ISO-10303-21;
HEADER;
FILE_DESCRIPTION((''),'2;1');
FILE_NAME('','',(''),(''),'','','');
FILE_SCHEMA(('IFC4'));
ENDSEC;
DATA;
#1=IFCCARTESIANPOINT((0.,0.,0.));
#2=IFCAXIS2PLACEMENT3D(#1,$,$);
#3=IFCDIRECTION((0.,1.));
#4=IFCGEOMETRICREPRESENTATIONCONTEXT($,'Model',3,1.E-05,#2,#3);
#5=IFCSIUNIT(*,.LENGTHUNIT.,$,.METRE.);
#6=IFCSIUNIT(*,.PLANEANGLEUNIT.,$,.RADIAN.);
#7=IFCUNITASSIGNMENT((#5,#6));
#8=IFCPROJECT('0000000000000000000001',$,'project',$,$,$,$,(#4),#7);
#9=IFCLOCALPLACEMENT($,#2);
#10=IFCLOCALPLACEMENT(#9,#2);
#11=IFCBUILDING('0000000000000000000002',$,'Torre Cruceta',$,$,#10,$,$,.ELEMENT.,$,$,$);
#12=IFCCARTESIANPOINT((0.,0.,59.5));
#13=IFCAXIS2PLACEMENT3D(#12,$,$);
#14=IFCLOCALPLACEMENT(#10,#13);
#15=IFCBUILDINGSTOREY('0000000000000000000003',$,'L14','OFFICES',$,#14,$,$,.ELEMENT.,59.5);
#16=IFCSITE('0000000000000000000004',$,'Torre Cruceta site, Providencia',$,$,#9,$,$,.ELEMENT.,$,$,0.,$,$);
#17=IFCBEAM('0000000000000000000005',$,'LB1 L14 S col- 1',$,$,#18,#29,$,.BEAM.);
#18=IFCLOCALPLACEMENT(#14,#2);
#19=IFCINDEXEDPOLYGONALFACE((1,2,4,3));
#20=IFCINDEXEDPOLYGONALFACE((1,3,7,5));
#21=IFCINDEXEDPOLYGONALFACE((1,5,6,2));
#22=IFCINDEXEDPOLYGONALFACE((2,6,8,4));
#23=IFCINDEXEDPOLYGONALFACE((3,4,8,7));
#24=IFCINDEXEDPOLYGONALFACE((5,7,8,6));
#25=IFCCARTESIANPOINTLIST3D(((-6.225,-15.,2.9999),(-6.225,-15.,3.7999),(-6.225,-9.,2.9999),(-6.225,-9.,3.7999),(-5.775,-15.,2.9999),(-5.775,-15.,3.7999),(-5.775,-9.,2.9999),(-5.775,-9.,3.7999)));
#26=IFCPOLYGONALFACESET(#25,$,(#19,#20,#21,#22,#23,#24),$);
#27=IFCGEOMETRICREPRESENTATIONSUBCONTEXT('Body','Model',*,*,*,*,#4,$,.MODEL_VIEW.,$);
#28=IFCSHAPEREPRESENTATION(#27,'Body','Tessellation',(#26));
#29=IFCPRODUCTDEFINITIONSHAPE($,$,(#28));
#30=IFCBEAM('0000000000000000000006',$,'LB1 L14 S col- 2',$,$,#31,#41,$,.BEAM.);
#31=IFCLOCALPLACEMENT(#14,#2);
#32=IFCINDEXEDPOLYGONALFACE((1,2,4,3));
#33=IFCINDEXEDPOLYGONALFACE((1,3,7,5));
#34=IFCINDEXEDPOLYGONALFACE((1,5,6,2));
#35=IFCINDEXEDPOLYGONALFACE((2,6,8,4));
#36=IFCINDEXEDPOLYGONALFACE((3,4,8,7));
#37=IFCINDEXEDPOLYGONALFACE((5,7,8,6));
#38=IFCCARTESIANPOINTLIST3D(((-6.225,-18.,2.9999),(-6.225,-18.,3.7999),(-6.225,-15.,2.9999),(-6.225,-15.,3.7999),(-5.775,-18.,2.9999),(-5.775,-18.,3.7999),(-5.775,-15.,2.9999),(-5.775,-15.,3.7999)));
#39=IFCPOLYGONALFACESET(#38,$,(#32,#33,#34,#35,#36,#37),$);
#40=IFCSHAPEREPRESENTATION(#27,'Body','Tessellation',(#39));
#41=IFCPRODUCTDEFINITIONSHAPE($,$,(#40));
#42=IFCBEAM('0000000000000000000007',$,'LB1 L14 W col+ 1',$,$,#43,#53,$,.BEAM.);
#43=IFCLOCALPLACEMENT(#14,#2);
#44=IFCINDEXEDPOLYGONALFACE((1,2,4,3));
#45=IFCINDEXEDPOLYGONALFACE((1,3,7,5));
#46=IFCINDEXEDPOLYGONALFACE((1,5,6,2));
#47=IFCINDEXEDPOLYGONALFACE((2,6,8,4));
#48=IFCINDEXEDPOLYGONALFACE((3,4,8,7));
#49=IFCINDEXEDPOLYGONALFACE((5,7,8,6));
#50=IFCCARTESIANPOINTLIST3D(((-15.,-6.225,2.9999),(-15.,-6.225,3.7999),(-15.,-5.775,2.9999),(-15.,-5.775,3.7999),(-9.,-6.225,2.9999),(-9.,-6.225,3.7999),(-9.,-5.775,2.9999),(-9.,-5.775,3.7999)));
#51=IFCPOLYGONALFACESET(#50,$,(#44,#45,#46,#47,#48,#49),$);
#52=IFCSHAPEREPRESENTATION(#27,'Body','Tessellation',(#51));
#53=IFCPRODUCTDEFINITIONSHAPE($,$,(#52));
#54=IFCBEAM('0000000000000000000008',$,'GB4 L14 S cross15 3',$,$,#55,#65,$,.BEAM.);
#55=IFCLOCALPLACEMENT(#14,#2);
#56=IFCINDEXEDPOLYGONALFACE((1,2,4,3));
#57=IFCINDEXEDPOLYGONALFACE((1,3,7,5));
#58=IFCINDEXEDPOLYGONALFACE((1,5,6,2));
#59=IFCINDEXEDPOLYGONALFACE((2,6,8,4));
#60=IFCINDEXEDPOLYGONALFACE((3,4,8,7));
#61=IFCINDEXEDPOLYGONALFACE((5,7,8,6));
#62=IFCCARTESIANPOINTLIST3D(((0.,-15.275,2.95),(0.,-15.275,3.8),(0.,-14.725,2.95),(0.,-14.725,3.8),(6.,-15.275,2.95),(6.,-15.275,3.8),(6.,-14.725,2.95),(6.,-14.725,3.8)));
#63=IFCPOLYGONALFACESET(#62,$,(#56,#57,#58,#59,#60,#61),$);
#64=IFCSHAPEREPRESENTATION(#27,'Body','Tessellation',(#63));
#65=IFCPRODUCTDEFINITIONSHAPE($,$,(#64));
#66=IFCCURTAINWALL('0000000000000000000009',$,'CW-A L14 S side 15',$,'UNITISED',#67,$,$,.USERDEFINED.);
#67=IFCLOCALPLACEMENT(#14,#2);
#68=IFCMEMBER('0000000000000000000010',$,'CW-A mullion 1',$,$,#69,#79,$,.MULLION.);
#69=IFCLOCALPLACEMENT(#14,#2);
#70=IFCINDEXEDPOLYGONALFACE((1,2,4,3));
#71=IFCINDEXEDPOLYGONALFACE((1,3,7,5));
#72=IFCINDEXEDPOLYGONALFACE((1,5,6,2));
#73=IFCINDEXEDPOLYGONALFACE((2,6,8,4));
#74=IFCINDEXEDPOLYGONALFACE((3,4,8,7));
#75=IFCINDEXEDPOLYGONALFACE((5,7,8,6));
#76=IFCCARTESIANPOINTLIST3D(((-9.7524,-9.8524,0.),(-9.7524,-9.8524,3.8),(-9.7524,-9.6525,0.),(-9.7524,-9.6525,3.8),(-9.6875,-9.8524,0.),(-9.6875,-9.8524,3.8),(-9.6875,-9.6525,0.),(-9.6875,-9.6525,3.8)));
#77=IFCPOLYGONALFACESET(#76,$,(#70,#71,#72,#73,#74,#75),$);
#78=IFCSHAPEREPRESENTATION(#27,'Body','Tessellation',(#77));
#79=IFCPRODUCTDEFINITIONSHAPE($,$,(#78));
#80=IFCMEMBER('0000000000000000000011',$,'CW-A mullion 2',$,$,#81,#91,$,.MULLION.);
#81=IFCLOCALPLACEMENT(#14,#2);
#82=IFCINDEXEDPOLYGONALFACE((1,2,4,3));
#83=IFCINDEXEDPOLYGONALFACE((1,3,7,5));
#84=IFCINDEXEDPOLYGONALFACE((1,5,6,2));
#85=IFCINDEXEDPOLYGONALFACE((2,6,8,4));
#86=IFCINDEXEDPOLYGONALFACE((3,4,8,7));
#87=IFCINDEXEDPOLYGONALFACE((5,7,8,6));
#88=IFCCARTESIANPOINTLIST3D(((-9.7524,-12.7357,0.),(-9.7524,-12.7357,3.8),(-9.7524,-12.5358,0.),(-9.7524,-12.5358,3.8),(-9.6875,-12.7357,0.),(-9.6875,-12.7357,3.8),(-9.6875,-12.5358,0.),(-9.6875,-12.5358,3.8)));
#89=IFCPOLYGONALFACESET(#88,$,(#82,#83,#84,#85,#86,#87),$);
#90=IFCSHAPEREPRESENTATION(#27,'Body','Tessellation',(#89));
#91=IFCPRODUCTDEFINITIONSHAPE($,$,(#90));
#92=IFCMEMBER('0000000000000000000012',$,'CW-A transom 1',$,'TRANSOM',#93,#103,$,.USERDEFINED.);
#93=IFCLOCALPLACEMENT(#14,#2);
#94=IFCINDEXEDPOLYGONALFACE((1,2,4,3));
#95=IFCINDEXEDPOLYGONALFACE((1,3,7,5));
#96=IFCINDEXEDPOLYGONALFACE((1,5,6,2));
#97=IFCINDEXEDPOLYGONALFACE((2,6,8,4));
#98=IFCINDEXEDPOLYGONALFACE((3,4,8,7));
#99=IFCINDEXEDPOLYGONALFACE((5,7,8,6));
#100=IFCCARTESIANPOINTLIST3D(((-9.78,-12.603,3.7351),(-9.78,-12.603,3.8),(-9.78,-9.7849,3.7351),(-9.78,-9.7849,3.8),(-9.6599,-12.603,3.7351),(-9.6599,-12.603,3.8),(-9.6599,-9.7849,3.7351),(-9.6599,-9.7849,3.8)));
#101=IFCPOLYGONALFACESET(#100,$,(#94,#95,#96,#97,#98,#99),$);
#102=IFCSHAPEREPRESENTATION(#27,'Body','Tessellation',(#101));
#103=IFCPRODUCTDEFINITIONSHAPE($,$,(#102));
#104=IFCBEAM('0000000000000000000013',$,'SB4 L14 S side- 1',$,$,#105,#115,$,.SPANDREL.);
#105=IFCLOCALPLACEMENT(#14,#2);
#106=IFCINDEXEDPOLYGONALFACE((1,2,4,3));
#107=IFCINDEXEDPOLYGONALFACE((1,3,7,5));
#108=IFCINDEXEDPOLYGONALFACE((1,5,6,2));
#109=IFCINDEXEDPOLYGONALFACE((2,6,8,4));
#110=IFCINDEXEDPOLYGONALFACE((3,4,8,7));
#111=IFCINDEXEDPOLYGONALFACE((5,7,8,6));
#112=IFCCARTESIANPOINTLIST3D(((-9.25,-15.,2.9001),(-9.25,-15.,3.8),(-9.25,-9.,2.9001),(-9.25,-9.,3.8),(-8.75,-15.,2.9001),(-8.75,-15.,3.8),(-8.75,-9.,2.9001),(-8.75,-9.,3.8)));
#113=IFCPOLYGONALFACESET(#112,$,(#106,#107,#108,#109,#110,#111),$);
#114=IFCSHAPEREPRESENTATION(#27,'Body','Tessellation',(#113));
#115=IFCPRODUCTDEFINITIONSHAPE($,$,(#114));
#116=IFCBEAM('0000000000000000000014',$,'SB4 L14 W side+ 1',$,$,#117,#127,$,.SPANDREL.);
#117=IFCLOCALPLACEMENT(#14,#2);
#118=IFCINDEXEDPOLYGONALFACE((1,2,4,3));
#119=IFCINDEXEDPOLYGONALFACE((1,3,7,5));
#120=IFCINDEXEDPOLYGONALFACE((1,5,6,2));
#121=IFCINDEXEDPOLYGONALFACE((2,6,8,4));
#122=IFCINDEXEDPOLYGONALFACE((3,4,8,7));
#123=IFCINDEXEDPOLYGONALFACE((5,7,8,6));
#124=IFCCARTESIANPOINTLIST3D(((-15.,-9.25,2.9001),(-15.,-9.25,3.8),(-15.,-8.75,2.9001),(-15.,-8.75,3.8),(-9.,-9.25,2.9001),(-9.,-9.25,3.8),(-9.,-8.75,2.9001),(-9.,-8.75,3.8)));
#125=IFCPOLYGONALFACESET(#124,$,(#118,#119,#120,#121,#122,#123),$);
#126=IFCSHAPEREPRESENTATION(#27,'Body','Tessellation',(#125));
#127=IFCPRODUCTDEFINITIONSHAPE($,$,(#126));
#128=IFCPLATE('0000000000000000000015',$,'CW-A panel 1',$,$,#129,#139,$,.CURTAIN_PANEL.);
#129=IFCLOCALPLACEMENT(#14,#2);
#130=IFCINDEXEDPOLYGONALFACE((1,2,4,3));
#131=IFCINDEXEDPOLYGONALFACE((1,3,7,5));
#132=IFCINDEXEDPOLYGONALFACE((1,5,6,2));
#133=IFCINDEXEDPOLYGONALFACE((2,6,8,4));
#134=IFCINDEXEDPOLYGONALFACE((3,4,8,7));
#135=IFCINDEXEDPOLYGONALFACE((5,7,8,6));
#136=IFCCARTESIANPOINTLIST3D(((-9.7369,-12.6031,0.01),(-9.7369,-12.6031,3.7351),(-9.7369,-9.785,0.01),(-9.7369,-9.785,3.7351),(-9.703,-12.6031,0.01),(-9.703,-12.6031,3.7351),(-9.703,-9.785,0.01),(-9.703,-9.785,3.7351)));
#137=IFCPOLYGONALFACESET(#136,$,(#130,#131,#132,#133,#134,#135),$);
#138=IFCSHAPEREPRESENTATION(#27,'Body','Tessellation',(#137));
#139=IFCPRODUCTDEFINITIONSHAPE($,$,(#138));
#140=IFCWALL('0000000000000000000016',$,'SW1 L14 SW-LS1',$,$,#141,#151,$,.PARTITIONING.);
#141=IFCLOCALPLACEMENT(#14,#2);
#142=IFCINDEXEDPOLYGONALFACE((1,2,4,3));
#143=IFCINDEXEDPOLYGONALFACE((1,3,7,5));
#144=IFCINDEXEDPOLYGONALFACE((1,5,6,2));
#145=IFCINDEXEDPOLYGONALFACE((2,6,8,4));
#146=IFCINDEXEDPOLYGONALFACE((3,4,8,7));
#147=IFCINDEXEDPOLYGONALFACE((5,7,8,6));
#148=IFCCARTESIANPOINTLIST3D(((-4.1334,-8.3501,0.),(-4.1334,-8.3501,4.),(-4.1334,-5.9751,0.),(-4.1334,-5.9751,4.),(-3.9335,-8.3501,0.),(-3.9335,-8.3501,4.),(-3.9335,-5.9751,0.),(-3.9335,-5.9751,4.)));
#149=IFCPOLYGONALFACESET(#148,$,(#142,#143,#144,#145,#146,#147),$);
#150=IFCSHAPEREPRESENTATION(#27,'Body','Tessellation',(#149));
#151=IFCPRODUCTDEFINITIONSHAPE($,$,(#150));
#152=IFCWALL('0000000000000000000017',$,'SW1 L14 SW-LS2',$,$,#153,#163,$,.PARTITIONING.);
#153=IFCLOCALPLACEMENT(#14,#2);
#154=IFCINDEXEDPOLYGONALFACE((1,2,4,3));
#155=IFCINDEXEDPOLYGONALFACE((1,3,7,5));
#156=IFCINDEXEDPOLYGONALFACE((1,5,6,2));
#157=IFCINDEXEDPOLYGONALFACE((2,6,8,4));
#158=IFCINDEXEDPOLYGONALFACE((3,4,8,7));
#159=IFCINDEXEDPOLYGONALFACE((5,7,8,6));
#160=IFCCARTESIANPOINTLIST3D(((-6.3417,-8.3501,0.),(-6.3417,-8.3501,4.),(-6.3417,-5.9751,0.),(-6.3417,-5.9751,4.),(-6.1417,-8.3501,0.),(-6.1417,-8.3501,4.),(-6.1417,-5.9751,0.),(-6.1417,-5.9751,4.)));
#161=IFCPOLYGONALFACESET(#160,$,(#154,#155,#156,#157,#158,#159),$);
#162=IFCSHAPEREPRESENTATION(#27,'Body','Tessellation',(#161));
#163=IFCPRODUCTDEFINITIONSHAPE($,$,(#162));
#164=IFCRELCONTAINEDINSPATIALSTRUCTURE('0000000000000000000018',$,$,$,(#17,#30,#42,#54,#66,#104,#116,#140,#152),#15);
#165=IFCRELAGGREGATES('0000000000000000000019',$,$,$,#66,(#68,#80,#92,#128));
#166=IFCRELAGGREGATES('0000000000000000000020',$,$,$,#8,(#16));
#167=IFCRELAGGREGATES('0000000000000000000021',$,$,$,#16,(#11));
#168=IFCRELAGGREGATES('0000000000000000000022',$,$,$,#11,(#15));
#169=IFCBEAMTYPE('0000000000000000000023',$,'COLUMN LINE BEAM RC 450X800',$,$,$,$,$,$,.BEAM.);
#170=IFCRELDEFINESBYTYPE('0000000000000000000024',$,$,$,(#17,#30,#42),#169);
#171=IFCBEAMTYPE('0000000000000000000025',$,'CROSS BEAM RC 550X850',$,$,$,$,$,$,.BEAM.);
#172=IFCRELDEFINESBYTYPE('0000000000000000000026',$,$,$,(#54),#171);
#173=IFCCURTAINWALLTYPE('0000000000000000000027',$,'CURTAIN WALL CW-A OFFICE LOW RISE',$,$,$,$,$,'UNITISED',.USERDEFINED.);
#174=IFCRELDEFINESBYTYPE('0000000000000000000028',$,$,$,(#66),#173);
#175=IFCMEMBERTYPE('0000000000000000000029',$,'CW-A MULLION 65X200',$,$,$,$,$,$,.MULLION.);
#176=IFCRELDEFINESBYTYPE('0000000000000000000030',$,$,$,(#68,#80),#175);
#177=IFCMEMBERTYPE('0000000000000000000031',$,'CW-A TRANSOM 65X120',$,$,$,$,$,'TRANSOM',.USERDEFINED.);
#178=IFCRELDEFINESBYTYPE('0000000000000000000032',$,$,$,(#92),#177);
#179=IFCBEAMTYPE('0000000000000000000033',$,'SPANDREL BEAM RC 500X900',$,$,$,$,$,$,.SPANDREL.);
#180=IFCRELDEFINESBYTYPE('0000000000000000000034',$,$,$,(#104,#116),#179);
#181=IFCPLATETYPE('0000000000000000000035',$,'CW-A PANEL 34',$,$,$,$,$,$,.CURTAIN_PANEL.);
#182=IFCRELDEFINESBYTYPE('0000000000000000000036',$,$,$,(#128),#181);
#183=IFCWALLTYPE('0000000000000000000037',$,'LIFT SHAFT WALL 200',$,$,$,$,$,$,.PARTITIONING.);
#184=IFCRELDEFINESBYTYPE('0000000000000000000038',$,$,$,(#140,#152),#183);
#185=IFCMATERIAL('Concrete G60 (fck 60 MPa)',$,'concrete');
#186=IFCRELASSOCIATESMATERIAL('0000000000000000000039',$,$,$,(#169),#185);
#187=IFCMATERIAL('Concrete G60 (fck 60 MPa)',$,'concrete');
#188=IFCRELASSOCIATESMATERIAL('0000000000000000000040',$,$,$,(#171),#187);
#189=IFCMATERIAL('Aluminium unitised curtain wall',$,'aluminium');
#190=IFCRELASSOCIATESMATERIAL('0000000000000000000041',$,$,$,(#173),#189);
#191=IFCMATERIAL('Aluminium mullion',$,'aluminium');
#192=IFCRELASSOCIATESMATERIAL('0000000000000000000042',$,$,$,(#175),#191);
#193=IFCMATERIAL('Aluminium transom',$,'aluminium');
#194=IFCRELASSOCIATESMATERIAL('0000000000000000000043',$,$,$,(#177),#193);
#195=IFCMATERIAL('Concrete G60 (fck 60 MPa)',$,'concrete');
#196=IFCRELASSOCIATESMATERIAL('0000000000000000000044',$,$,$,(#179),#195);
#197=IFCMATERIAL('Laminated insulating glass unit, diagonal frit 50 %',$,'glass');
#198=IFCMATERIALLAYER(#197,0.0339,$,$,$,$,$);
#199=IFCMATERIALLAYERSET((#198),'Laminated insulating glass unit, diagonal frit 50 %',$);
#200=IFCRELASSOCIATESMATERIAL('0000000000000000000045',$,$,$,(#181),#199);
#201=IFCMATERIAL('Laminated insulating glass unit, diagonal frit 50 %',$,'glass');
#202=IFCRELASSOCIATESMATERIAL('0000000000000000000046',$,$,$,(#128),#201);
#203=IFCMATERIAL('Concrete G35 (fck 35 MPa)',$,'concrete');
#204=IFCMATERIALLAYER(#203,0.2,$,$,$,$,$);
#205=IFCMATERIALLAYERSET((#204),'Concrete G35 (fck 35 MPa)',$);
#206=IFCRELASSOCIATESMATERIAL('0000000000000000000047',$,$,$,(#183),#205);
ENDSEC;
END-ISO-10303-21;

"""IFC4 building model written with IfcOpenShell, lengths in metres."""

from ifc_helpers import new_model, si_unit, direction, frame, frame_2d, origin, origin_2d, place, context, subcontext, project, spatial, rectangle, extrude, material, layer, layer_set, material_profile, profile_set, type_object, element, aggregate, save


model = new_model("IFC4")

# Units and contexts
model_context = context("Model", 3, precision=1e-05, world=origin(), true_north=direction((0.0, 1.0)))
body_context = subcontext(model_context, "Body", "Model", "MODEL_VIEW")
ifc_project = project(units=[si_unit("LENGTHUNIT", "METRE"), si_unit("PLANEANGLEUNIT", "RADIAN")], contexts=[model_context])

# Site, building, storey
site_placement = place(None, origin())
site = spatial("IfcSite", under=ifc_project, at=site_placement, Name="Torre Cruceta site, Providencia", CompositionType="ELEMENT", RefElevation=0.0)
building_placement = place(site_placement, origin())
building = spatial("IfcBuilding", under=site, at=building_placement, Name="Torre Cruceta", CompositionType="ELEMENT")
storey_placement = place(building_placement, frame((0.0, 0.0, 59.5)))
storey = spatial("IfcBuildingStorey", under=building, at=storey_placement, Name="L14", Description="OFFICES", CompositionType="ELEMENT", Elevation=59.5)

# Beams
ifc_material_1 = material(Name="Concrete G60 (fck 60 MPa)", Category="concrete")
ifc_material_profile_1 = material_profile(ifc_material_1, rectangle(XDim=0.45, YDim=0.8, at=origin_2d()), Name="RC 450X800")
ifc_profile_set_1 = profile_set([ifc_material_profile_1], Name="Concrete G60 (fck 60 MPa)")
beam_type_1 = type_object("IfcBeamType", Name="COLUMN LINE BEAM RC 450X800", PredefinedType="BEAM", material=ifc_profile_set_1)
beam_1_placement = place(storey_placement, frame((-6.0, -9.0, 3.3999), z_axis=(0.0, -1.0, 0.0), x_axis=(1.0, 0.0, 0.0)))
element("IfcBeam", 1, at=beam_1_placement, inside=storey, type_object=beam_type_1, Name="LB1 L14 S col- 1", PredefinedType="BEAM", context=body_context, shape_type="SweptSolid", body=[
    extrude(rectangle(XDim=0.45, YDim=0.8, at=origin_2d()), origin(), (0.0, 0.0, 1.0), 6.0),
])
beam_2_placement = place(storey_placement, frame((-6.0, -15.0, 3.3999), z_axis=(0.0, -1.0, 0.0), x_axis=(1.0, 0.0, 0.0)))
element("IfcBeam", 2, at=beam_2_placement, inside=storey, type_object=beam_type_1, Name="LB1 L14 S col- 2", PredefinedType="BEAM", context=body_context, shape_type="SweptSolid", body=[
    extrude(rectangle(XDim=0.45, YDim=0.8, at=origin_2d()), origin(), (0.0, 0.0, 1.0), 3.0),
])
beam_3_placement = place(storey_placement, frame((-9.0, -6.0, 3.3999), z_axis=(-1.0, 0.0, 0.0), x_axis=(0.0, -1.0, 0.0)))
element("IfcBeam", 3, at=beam_3_placement, inside=storey, type_object=beam_type_1, Name="LB1 L14 W col+ 1", PredefinedType="BEAM", context=body_context, shape_type="SweptSolid", body=[
    extrude(rectangle(XDim=0.45, YDim=0.8, at=origin_2d()), origin(), (0.0, 0.0, 1.0), 6.0),
])
ifc_material_2 = material(Name="Concrete G60 (fck 60 MPa)", Category="concrete")
ifc_material_profile_2 = material_profile(ifc_material_2, rectangle(XDim=0.55, YDim=0.8501, at=origin_2d()), Name="RC 550X850")
ifc_profile_set_2 = profile_set([ifc_material_profile_2], Name="Concrete G60 (fck 60 MPa)")
beam_type_2 = type_object("IfcBeamType", Name="CROSS BEAM RC 550X850", PredefinedType="BEAM", material=ifc_profile_set_2)
beam_4_placement = place(storey_placement, frame((0.0, -15.0, 3.375), z_axis=(1.0, 0.0, 0.0), x_axis=(0.0, 1.0, 0.0)))
element("IfcBeam", 4, at=beam_4_placement, inside=storey, type_object=beam_type_2, Name="GB4 L14 S cross15 3", PredefinedType="BEAM", context=body_context, shape_type="SweptSolid", body=[
    extrude(rectangle(XDim=0.55, YDim=0.8501, at=origin_2d()), origin(), (0.0, 0.0, 1.0), 6.0),
])

# Curtain wall, members
ifc_material_3 = material(Name="Aluminium unitised curtain wall", Category="aluminium")
curtain_wall_type = type_object("IfcCurtainWallType", Name="CURTAIN WALL CW-A OFFICE LOW RISE", ElementType="UNITISED", PredefinedType="USERDEFINED", material=ifc_material_3)
curtain_wall_placement = place(storey_placement, origin())
curtain_wall = element("IfcCurtainWall", 5, at=curtain_wall_placement, inside=storey, type_object=curtain_wall_type, Name="CW-A L14 S side 15", ObjectType="UNITISED", PredefinedType="USERDEFINED")
ifc_material_4 = material(Name="Aluminium mullion", Category="aluminium")
ifc_material_profile_3 = material_profile(ifc_material_4, rectangle(XDim=0.0649, YDim=0.2, at=origin_2d()), Name="AL 65X200")
ifc_profile_set_3 = profile_set([ifc_material_profile_3], Name="Aluminium mullion")
member_type_1 = type_object("IfcMemberType", Name="CW-A MULLION 65X200", PredefinedType="MULLION", material=ifc_profile_set_3)
member_1_placement = place(storey_placement, frame((-9.72, -9.7524, 0.0), z_axis=(0.0, 0.0, 1.0), x_axis=(1.0, 0.0, 0.0)))
member_1 = element("IfcMember", 6, at=member_1_placement, type_object=member_type_1, Name="CW-A mullion 1", PredefinedType="MULLION", context=body_context, shape_type="SweptSolid", body=[
    extrude(rectangle(XDim=0.0649, YDim=0.2, at=origin_2d()), origin(), (0.0, 0.0, 1.0), 3.8),
])
member_2_placement = place(storey_placement, frame((-9.72, -12.6357, 0.0), z_axis=(0.0, 0.0, 1.0), x_axis=(1.0, 0.0, 0.0)))
member_2 = element("IfcMember", 7, at=member_2_placement, type_object=member_type_1, Name="CW-A mullion 2", PredefinedType="MULLION", context=body_context, shape_type="SweptSolid", body=[
    extrude(rectangle(XDim=0.0649, YDim=0.2, at=origin_2d()), origin(), (0.0, 0.0, 1.0), 3.8),
])
ifc_material_5 = material(Name="Aluminium transom", Category="aluminium")
ifc_material_profile_4 = material_profile(ifc_material_5, rectangle(XDim=0.1201, YDim=0.0649, at=origin_2d()), Name="AL 120X65")
ifc_profile_set_4 = profile_set([ifc_material_profile_4], Name="Aluminium transom")
member_type_2 = type_object("IfcMemberType", Name="CW-A TRANSOM 65X120", ElementType="TRANSOM", PredefinedType="USERDEFINED", material=ifc_profile_set_4)
member_3_placement = place(storey_placement, frame((-9.72, -9.7849, 3.7676), z_axis=(0.0, -1.0, 0.0), x_axis=(1.0, 0.0, 0.0)))
member_3 = element("IfcMember", 8, at=member_3_placement, type_object=member_type_2, Name="CW-A transom 1", ObjectType="TRANSOM", PredefinedType="USERDEFINED", context=body_context, shape_type="SweptSolid", body=[
    extrude(rectangle(XDim=0.1201, YDim=0.0649, at=origin_2d()), origin(), (0.0, 0.0, 1.0), 2.8181),
])

# Beams
ifc_material_6 = material(Name="Concrete G60 (fck 60 MPa)", Category="concrete")
ifc_material_profile_5 = material_profile(ifc_material_6, rectangle(XDim=0.5, YDim=0.8999, at=origin_2d()), Name="RC 500X900")
ifc_profile_set_5 = profile_set([ifc_material_profile_5], Name="Concrete G60 (fck 60 MPa)")
beam_type_3 = type_object("IfcBeamType", Name="SPANDREL BEAM RC 500X900", PredefinedType="SPANDREL", material=ifc_profile_set_5)
for number, where, z_axis, x_axis, name in (
    (9, (-9.0, -9.0, 3.3501), (0.0, -1.0, 0.0), (1.0, 0.0, 0.0), "SB4 L14 S side- 1"),
    (10, (-9.0, -9.0, 3.3501), (-1.0, 0.0, 0.0), (0.0, -1.0, 0.0), "SB4 L14 W side+ 1"),
):
    element("IfcBeam", number, at=place(storey_placement, frame(where, z_axis=z_axis, x_axis=x_axis)), inside=storey, type_object=beam_type_3, Name=name, PredefinedType="SPANDREL", context=body_context, shape_type="SweptSolid", body=[
        extrude(rectangle(XDim=0.5, YDim=0.8999, at=origin_2d()), origin(), (0.0, 0.0, 1.0), 6.0),
    ])

# Plate
ifc_material_7 = material(Name="Laminated insulating glass unit, diagonal frit 50 %", Category="glass")
ifc_material_8 = material(Name="Laminated insulating glass unit, diagonal frit 50 %", Category="glass")
ifc_layer_1 = layer(ifc_material_8, 0.0339)
ifc_layer_set_1 = layer_set([ifc_layer_1], Name="Laminated insulating glass unit, diagonal frit 50 %")
plate_type = type_object("IfcPlateType", Name="CW-A PANEL 34", PredefinedType="CURTAIN_PANEL", material=ifc_layer_set_1)
plate_placement = place(storey_placement, frame((-9.72, -11.1941, 0.01), z_axis=(0.0, 0.0, 1.0), x_axis=(0.0, -1.0, 0.0)))
plate = element("IfcPlate", 11, at=plate_placement, type_object=plate_type, material=ifc_material_7, Name="CW-A panel 1", PredefinedType="CURTAIN_PANEL", context=body_context, shape_type="SweptSolid", body=[
    extrude(rectangle(XDim=2.8181, YDim=0.0339, at=origin_2d()), origin(), (0.0, 0.0, 1.0), 3.7251),
])
aggregate(curtain_wall, [member_1, member_2, member_3, plate])

# Walls
ifc_material_9 = material(Name="Concrete G35 (fck 35 MPa)", Category="concrete")
ifc_layer_2 = layer(ifc_material_9, 0.2)
ifc_layer_set_2 = layer_set([ifc_layer_2], Name="Concrete G35 (fck 35 MPa)")
wall_type_1 = type_object("IfcWallType", Name="LIFT SHAFT WALL 200", PredefinedType="PARTITIONING", material=ifc_layer_set_2)
for number, where, z_axis, x_axis, name in (
    (12, (-4.0334, -5.9751, 0.0), (0.0, 0.0, 1.0), (0.0, -1.0, 0.0), "SW1 L14 SW-LS1"),
    (13, (-6.2417, -5.9751, 0.0), (0.0, 0.0, 1.0), (0.0, -1.0, 0.0), "SW1 L14 SW-LS2"),
):
    element("IfcWall", number, at=place(storey_placement, frame(where, z_axis=z_axis, x_axis=x_axis)), inside=storey, type_object=wall_type_1, Name=name, PredefinedType="PARTITIONING", context=body_context, shape_type="SweptSolid", body=[
        extrude(rectangle(XDim=2.375, YDim=0.2, at=frame_2d((1.1875, 0.0))), origin(), (0.0, 0.0, 1.0), 4.0),
    ])

save(model, "model.ifc")
